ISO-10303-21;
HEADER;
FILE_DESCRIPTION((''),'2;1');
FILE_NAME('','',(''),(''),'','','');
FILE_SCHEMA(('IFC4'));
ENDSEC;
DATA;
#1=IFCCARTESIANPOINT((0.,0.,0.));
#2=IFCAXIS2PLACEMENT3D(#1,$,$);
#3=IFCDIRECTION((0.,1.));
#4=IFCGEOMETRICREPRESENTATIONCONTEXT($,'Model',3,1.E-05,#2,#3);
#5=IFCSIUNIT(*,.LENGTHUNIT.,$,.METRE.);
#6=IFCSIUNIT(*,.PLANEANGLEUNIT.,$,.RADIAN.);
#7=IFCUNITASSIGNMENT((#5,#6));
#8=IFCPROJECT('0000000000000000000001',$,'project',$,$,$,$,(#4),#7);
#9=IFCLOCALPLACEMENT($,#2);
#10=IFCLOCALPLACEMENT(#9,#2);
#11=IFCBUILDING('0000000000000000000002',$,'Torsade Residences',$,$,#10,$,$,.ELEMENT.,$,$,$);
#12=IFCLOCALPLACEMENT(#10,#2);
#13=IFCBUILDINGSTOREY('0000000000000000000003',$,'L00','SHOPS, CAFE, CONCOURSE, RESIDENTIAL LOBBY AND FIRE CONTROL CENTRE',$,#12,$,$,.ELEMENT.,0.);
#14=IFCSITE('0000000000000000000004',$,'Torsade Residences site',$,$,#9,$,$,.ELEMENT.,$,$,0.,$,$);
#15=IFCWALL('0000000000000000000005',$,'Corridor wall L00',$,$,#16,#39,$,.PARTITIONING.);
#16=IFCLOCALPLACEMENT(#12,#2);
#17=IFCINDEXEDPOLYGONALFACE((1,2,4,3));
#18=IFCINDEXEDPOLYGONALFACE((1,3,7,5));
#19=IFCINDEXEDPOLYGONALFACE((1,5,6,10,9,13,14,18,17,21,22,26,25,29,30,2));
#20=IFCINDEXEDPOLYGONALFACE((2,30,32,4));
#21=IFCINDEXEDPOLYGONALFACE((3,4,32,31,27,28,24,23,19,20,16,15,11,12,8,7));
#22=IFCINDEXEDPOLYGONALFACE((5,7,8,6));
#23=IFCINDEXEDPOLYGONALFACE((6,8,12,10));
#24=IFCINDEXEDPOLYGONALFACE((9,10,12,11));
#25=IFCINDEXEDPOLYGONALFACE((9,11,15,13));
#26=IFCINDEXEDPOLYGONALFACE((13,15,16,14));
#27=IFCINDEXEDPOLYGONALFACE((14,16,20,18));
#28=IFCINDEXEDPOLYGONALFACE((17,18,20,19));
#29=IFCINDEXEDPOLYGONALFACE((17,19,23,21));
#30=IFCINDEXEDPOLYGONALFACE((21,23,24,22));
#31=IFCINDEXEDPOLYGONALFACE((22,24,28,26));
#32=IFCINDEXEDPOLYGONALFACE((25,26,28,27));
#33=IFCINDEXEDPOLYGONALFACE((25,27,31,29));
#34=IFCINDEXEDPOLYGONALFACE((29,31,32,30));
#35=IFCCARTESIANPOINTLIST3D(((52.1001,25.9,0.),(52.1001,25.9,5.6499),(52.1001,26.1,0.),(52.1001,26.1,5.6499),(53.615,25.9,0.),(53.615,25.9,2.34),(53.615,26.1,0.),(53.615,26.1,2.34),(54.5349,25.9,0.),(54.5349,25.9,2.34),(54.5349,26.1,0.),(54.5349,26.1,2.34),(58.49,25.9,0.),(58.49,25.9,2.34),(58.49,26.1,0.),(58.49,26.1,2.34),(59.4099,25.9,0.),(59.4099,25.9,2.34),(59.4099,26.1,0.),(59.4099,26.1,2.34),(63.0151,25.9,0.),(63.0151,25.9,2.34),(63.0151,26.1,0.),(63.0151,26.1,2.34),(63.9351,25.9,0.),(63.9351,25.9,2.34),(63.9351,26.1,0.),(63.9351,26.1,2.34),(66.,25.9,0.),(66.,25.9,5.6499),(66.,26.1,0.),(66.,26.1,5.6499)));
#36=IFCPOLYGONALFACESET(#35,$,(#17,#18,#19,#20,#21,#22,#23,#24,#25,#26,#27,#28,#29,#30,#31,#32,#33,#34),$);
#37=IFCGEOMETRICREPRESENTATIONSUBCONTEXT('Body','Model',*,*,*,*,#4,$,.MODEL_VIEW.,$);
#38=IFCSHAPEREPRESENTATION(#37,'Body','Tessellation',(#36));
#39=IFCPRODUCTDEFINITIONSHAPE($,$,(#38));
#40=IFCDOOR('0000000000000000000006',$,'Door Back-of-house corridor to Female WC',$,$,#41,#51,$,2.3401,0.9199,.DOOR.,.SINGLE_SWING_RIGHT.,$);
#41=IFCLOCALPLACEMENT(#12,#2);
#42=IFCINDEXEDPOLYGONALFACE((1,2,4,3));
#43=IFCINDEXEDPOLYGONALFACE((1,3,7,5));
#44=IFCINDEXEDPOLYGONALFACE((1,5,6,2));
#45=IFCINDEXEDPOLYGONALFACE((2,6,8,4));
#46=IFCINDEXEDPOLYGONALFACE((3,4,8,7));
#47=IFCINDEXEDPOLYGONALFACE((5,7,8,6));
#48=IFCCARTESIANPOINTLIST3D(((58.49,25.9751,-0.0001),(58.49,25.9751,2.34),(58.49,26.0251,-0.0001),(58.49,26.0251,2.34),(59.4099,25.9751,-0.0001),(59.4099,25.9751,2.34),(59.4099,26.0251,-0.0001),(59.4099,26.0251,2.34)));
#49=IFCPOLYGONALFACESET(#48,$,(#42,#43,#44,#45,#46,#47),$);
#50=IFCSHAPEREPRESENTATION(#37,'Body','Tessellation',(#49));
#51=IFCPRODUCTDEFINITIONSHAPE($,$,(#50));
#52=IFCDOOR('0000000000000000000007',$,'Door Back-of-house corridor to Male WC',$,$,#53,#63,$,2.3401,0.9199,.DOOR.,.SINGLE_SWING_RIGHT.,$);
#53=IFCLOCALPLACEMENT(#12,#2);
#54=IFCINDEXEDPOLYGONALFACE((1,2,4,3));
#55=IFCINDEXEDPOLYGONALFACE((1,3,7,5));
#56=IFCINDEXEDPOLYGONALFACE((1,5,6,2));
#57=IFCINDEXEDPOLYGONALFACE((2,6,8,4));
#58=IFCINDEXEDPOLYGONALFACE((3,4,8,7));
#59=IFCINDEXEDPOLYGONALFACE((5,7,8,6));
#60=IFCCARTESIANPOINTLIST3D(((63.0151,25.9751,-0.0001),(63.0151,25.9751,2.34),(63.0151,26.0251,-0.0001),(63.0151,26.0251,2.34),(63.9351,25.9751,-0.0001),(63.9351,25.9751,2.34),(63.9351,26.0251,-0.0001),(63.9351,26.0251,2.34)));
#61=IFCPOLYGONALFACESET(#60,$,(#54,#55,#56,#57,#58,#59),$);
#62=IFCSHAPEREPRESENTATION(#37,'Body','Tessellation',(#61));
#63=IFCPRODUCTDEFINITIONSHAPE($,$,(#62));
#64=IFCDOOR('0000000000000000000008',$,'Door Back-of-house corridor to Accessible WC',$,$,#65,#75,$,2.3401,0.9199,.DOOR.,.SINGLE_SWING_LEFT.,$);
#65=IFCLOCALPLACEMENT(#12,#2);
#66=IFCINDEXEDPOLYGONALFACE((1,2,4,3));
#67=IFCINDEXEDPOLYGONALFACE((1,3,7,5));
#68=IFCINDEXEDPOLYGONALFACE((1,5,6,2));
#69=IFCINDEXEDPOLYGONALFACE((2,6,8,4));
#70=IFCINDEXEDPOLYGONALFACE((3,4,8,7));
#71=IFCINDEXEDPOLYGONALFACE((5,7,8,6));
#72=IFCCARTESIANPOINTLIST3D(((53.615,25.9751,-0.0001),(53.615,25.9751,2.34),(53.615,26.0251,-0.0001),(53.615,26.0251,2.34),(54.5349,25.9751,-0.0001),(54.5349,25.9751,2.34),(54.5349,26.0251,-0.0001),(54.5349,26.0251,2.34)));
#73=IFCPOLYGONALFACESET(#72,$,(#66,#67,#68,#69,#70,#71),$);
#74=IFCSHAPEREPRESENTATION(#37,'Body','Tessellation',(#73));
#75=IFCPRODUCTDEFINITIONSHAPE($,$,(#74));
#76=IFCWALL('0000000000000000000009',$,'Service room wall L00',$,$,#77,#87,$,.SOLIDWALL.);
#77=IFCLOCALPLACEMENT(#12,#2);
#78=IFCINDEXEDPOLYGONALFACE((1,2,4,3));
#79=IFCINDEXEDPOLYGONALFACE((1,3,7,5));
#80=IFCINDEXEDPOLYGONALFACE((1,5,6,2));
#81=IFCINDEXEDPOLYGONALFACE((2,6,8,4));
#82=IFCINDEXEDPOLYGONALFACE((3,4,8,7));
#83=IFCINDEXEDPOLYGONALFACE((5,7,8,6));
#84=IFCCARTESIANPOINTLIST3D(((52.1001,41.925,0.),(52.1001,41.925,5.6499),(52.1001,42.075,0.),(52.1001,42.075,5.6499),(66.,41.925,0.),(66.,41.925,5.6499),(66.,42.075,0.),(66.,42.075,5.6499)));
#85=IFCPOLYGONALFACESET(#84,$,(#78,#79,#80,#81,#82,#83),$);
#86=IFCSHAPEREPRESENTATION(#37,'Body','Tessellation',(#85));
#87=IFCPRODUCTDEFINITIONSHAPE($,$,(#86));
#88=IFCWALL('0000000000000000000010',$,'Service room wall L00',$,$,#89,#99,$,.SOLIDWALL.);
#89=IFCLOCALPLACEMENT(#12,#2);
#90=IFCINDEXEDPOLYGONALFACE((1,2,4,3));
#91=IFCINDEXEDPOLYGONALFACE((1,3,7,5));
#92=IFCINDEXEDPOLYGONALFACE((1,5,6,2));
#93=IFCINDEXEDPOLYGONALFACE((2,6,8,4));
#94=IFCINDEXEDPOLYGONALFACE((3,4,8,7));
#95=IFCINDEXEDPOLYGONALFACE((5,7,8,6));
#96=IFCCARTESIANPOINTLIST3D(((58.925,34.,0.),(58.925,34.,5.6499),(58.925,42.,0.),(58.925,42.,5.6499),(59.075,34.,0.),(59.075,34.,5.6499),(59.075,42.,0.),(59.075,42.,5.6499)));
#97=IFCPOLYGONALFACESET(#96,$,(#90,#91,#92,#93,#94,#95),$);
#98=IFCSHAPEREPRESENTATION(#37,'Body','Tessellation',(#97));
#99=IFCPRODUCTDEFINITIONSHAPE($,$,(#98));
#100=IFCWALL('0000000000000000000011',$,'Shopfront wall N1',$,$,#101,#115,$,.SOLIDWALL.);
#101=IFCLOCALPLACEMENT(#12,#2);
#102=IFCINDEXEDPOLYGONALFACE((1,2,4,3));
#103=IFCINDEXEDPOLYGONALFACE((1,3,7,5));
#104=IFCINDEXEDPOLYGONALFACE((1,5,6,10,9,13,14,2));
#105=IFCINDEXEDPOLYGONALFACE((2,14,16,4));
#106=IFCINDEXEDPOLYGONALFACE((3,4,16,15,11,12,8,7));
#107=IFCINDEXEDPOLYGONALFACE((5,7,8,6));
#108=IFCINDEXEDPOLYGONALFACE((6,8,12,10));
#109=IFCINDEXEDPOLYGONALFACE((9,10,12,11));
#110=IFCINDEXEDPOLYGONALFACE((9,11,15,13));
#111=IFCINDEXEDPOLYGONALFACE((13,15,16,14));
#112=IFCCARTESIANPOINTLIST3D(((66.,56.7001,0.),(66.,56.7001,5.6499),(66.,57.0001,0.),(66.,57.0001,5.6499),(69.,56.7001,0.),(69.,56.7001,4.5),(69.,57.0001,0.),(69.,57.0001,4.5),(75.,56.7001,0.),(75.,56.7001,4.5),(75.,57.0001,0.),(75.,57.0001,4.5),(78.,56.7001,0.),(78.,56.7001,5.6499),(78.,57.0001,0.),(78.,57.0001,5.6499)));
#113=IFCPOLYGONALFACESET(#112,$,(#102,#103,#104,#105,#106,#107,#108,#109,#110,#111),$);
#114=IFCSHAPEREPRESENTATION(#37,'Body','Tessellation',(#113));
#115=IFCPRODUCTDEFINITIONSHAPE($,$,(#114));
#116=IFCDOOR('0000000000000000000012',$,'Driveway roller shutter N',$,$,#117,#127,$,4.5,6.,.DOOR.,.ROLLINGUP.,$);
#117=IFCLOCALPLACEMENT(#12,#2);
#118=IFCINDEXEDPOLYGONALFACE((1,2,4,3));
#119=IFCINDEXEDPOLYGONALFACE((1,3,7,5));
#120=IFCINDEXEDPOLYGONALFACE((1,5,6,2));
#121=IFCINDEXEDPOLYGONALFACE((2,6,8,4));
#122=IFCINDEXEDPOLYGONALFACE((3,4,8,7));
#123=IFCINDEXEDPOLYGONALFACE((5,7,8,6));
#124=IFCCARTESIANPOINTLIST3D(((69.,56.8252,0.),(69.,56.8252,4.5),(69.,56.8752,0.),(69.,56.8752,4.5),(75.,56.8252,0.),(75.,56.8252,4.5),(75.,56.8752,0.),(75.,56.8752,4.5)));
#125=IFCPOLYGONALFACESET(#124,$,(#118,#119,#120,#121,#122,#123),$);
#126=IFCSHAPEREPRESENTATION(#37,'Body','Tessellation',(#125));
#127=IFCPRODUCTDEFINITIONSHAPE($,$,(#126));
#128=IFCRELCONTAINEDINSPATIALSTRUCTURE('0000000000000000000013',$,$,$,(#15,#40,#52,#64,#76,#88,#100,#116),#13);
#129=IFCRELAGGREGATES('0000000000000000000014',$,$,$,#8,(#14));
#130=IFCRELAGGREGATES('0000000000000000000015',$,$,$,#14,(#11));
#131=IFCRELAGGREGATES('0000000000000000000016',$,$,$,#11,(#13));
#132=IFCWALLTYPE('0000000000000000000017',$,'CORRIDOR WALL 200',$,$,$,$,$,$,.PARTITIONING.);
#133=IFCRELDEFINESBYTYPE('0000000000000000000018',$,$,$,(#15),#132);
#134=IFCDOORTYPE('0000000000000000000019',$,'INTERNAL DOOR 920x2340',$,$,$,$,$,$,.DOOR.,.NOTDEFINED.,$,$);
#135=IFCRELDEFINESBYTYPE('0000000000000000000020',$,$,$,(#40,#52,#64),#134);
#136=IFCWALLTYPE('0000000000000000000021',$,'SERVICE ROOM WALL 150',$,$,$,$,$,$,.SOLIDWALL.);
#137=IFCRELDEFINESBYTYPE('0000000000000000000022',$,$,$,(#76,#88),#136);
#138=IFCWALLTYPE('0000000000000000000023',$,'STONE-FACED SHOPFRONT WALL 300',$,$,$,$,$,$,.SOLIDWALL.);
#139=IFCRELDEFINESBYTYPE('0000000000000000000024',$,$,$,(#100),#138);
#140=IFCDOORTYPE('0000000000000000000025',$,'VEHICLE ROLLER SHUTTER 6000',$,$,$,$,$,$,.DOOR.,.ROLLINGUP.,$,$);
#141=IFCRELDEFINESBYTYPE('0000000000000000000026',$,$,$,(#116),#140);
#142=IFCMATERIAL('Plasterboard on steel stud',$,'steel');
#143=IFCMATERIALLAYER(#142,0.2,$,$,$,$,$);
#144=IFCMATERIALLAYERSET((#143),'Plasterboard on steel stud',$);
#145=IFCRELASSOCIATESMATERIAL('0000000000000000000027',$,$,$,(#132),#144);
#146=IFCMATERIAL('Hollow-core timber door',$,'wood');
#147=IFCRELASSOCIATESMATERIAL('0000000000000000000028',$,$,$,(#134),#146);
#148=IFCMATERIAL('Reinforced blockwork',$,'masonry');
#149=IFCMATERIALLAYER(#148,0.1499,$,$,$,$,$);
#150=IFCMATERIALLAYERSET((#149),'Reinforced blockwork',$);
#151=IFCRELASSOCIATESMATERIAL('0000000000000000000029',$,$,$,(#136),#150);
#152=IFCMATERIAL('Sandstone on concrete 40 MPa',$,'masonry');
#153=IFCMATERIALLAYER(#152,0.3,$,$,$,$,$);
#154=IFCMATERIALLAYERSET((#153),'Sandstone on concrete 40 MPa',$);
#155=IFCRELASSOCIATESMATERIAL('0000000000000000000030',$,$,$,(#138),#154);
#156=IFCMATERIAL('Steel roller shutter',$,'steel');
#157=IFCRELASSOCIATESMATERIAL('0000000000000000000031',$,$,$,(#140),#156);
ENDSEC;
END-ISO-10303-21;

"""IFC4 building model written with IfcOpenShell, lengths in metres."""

from ifc_helpers import new_model, si_unit, direction, frame, frame_2d, origin, place, context, subcontext, project, spatial, rectangle, extrude, material, layer, layer_set, type_object, element, fill, save


model = new_model("IFC4")

# Units and contexts
model_context = context("Model", 3, precision=1e-05, world=origin(), true_north=direction((0.0, 1.0)))
body_context = subcontext(model_context, "Body", "Model", "MODEL_VIEW")
ifc_project = project(units=[si_unit("LENGTHUNIT", "METRE"), si_unit("PLANEANGLEUNIT", "RADIAN")], contexts=[model_context])

# Site, building, storey
site_placement = place(None, origin())
site = spatial("IfcSite", under=ifc_project, at=site_placement, Name="Torsade Residences site", CompositionType="ELEMENT", RefElevation=0.0)
building_placement = place(site_placement, origin())
building = spatial("IfcBuilding", under=site, at=building_placement, Name="Torsade Residences", CompositionType="ELEMENT")
storey_placement = place(building_placement, origin())
storey = spatial("IfcBuildingStorey", under=building, at=storey_placement, Name="L00", Description="SHOPS, CAFE, CONCOURSE, RESIDENTIAL LOBBY AND FIRE CONTROL CENTRE", CompositionType="ELEMENT", Elevation=0.0)

# Shared definitions
ifc_material_1 = material(Name="Plasterboard on steel stud", Category="steel")
ifc_layer_1 = layer(ifc_material_1, 0.2)
ifc_layer_set_1 = layer_set([ifc_layer_1], Name="Plasterboard on steel stud")
wall_type_1 = type_object("IfcWallType", Name="CORRIDOR WALL 200", PredefinedType="PARTITIONING", material=ifc_layer_set_1)
ifc_material_2 = material(Name="Hollow-core timber door", Category="wood")
door_type_1 = type_object("IfcDoorType", Name="INTERNAL DOOR 920x2340", OperationType="NOTDEFINED", PredefinedType="DOOR", material=ifc_material_2)

# Wall, openings, doors
wall_1_placement = place(storey_placement, frame((66.0, 26.0, 0.0), z_axis=(0.0, 0.0, 1.0), x_axis=(-1.0, 0.0, 0.0)))
wall_1 = element("IfcWall", 1, at=wall_1_placement, inside=storey, type_object=wall_type_1, Name="Corridor wall L00", PredefinedType="PARTITIONING", context=body_context, shape_type="SweptSolid", body=[
    extrude(rectangle(XDim=13.8999, YDim=0.2, at=frame_2d((6.95, 0.0))), origin(), (0.0, 0.0, 1.0), 5.6499),
])
opening_1_placement = place(wall_1_placement, frame((6.5901, 0.0, 0.0)))
opening_1 = element("IfcOpeningElement", 2, at=opening_1_placement, cuts=wall_1, PredefinedType="OPENING", context=body_context, shape_type="SweptSolid", body=[
    extrude(rectangle(XDim=0.9199, YDim=2.3401, at=frame_2d((0.46, 1.1699))), frame((0.0, 0.1099, 0.0), z_axis=(0.0, -1.0, 0.0), x_axis=(1.0, 0.0, 0.0)), (0.0, 0.0, 1.0), 0.22),
])
opening_2_placement = place(wall_1_placement, frame((2.0649, 0.0, 0.0)))
opening_2 = element("IfcOpeningElement", 3, at=opening_2_placement, cuts=wall_1, PredefinedType="OPENING", context=body_context, shape_type="SweptSolid", body=[
    extrude(rectangle(XDim=0.9199, YDim=2.3401, at=frame_2d((0.46, 1.1699))), frame((0.0, 0.1099, 0.0), z_axis=(0.0, -1.0, 0.0), x_axis=(1.0, 0.0, 0.0)), (0.0, 0.0, 1.0), 0.22),
])
opening_3_placement = place(wall_1_placement, frame((11.4651, 0.0, 0.0)))
opening_3 = element("IfcOpeningElement", 4, at=opening_3_placement, cuts=wall_1, PredefinedType="OPENING", context=body_context, shape_type="SweptSolid", body=[
    extrude(rectangle(XDim=0.9199, YDim=2.3401, at=frame_2d((0.46, 1.1699))), frame((0.0, 0.1099, 0.0), z_axis=(0.0, -1.0, 0.0), x_axis=(1.0, 0.0, 0.0)), (0.0, 0.0, 1.0), 0.22),
])
door_1_placement = place(opening_1_placement, origin())
door_1 = element("IfcDoor", 5, at=door_1_placement, inside=storey, type_object=door_type_1, Name="Door Back-of-house corridor to Female WC", OperationType="SINGLE_SWING_RIGHT", OverallHeight=2.3401, OverallWidth=0.9199, PredefinedType="DOOR", context=body_context, shape_type="SweptSolid", body=[
    extrude(rectangle(XDim=0.9199, YDim=2.3401, at=frame_2d((0.46, 1.1699))), frame((0.0, 0.0249, 0.0), z_axis=(0.0, -1.0, 0.0), x_axis=(1.0, 0.0, 0.0)), (0.0, 0.0, 1.0), 0.05),
])
fill(opening_1, door_1)
door_2_placement = place(opening_2_placement, origin())
door_2 = element("IfcDoor", 6, at=door_2_placement, inside=storey, type_object=door_type_1, Name="Door Back-of-house corridor to Male WC", OperationType="SINGLE_SWING_RIGHT", OverallHeight=2.3401, OverallWidth=0.9199, PredefinedType="DOOR", context=body_context, shape_type="SweptSolid", body=[
    extrude(rectangle(XDim=0.9199, YDim=2.3401, at=frame_2d((0.46, 1.1699))), frame((0.0, 0.0249, 0.0), z_axis=(0.0, -1.0, 0.0), x_axis=(1.0, 0.0, 0.0)), (0.0, 0.0, 1.0), 0.05),
])
fill(opening_2, door_2)
door_3_placement = place(opening_3_placement, origin())
door_3 = element("IfcDoor", 7, at=door_3_placement, inside=storey, type_object=door_type_1, Name="Door Back-of-house corridor to Accessible WC", OperationType="SINGLE_SWING_LEFT", OverallHeight=2.3401, OverallWidth=0.9199, PredefinedType="DOOR", context=body_context, shape_type="SweptSolid", body=[
    extrude(rectangle(XDim=0.9199, YDim=2.3401, at=frame_2d((0.46, 1.1699))), frame((0.0, 0.0249, 0.0), z_axis=(0.0, -1.0, 0.0), x_axis=(1.0, 0.0, 0.0)), (0.0, 0.0, 1.0), 0.05),
])
fill(opening_3, door_3)

# Walls
ifc_material_3 = material(Name="Reinforced blockwork", Category="masonry")
ifc_layer_2 = layer(ifc_material_3, 0.1499)
ifc_layer_set_2 = layer_set([ifc_layer_2], Name="Reinforced blockwork")
wall_type_2 = type_object("IfcWallType", Name="SERVICE ROOM WALL 150", PredefinedType="SOLIDWALL", material=ifc_layer_set_2)
wall_2_placement = place(storey_placement, frame((66.0, 42.0, 0.0), z_axis=(0.0, 0.0, 1.0), x_axis=(-1.0, 0.0, 0.0)))
element("IfcWall", 8, at=wall_2_placement, inside=storey, type_object=wall_type_2, Name="Service room wall L00", PredefinedType="SOLIDWALL", context=body_context, shape_type="SweptSolid", body=[
    extrude(rectangle(XDim=13.8999, YDim=0.1499, at=frame_2d((6.95, 0.0))), origin(), (0.0, 0.0, 1.0), 5.6499),
])
wall_3_placement = place(storey_placement, frame((59.0, 42.0, 0.0), z_axis=(0.0, 0.0, 1.0), x_axis=(0.0, -1.0, 0.0)))
element("IfcWall", 9, at=wall_3_placement, inside=storey, type_object=wall_type_2, Name="Service room wall L00", PredefinedType="SOLIDWALL", context=body_context, shape_type="SweptSolid", body=[
    extrude(rectangle(XDim=8.0, YDim=0.1499, at=frame_2d((4.0, 0.0))), origin(), (0.0, 0.0, 1.0), 5.6499),
])

# Wall, opening, door
ifc_material_4 = material(Name="Sandstone on concrete 40 MPa", Category="masonry")
ifc_layer_3 = layer(ifc_material_4, 0.3)
ifc_layer_set_3 = layer_set([ifc_layer_3], Name="Sandstone on concrete 40 MPa")
wall_type_3 = type_object("IfcWallType", Name="STONE-FACED SHOPFRONT WALL 300", PredefinedType="SOLIDWALL", material=ifc_layer_set_3)
wall_4_placement = place(storey_placement, frame((78.0, 56.8501, 0.0), z_axis=(0.0, 0.0, 1.0), x_axis=(-1.0, 0.0, 0.0)))
wall_4 = element("IfcWall", 10, at=wall_4_placement, inside=storey, type_object=wall_type_3, Name="Shopfront wall N1", PredefinedType="SOLIDWALL", context=body_context, shape_type="SweptSolid", body=[
    extrude(rectangle(XDim=12.0, YDim=0.3, at=frame_2d((6.0, 0.0))), origin(), (0.0, 0.0, 1.0), 5.6499),
])
opening_4_placement = place(wall_4_placement, frame((3.0, 0.0, 0.0)))
opening_4 = element("IfcOpeningElement", 11, at=opening_4_placement, cuts=wall_4, PredefinedType="OPENING", context=body_context, shape_type="SweptSolid", body=[
    extrude(rectangle(XDim=6.0, YDim=4.5, at=frame_2d((3.0, 2.25))), frame((0.0, 0.1599, 0.0), z_axis=(0.0, -1.0, 0.0), x_axis=(1.0, 0.0, 0.0)), (0.0, 0.0, 1.0), 0.3201),
])
ifc_material_5 = material(Name="Steel roller shutter", Category="steel")
door_type_2 = type_object("IfcDoorType", Name="VEHICLE ROLLER SHUTTER 6000", OperationType="ROLLINGUP", PredefinedType="DOOR", material=ifc_material_5)
door_4_placement = place(opening_4_placement, origin())
door_4 = element("IfcDoor", 12, at=door_4_placement, inside=storey, type_object=door_type_2, Name="Driveway roller shutter N", OperationType="ROLLINGUP", OverallHeight=4.5, OverallWidth=6.0, PredefinedType="DOOR", context=body_context, shape_type="SweptSolid", body=[
    extrude(rectangle(XDim=6.0, YDim=4.5, at=frame_2d((3.0, 2.25))), frame((0.0, 0.0249, 0.0), z_axis=(0.0, -1.0, 0.0), x_axis=(1.0, 0.0, 0.0)), (0.0, 0.0, 1.0), 0.05),
])
fill(opening_4, door_4)

save(model, "model.ifc")
